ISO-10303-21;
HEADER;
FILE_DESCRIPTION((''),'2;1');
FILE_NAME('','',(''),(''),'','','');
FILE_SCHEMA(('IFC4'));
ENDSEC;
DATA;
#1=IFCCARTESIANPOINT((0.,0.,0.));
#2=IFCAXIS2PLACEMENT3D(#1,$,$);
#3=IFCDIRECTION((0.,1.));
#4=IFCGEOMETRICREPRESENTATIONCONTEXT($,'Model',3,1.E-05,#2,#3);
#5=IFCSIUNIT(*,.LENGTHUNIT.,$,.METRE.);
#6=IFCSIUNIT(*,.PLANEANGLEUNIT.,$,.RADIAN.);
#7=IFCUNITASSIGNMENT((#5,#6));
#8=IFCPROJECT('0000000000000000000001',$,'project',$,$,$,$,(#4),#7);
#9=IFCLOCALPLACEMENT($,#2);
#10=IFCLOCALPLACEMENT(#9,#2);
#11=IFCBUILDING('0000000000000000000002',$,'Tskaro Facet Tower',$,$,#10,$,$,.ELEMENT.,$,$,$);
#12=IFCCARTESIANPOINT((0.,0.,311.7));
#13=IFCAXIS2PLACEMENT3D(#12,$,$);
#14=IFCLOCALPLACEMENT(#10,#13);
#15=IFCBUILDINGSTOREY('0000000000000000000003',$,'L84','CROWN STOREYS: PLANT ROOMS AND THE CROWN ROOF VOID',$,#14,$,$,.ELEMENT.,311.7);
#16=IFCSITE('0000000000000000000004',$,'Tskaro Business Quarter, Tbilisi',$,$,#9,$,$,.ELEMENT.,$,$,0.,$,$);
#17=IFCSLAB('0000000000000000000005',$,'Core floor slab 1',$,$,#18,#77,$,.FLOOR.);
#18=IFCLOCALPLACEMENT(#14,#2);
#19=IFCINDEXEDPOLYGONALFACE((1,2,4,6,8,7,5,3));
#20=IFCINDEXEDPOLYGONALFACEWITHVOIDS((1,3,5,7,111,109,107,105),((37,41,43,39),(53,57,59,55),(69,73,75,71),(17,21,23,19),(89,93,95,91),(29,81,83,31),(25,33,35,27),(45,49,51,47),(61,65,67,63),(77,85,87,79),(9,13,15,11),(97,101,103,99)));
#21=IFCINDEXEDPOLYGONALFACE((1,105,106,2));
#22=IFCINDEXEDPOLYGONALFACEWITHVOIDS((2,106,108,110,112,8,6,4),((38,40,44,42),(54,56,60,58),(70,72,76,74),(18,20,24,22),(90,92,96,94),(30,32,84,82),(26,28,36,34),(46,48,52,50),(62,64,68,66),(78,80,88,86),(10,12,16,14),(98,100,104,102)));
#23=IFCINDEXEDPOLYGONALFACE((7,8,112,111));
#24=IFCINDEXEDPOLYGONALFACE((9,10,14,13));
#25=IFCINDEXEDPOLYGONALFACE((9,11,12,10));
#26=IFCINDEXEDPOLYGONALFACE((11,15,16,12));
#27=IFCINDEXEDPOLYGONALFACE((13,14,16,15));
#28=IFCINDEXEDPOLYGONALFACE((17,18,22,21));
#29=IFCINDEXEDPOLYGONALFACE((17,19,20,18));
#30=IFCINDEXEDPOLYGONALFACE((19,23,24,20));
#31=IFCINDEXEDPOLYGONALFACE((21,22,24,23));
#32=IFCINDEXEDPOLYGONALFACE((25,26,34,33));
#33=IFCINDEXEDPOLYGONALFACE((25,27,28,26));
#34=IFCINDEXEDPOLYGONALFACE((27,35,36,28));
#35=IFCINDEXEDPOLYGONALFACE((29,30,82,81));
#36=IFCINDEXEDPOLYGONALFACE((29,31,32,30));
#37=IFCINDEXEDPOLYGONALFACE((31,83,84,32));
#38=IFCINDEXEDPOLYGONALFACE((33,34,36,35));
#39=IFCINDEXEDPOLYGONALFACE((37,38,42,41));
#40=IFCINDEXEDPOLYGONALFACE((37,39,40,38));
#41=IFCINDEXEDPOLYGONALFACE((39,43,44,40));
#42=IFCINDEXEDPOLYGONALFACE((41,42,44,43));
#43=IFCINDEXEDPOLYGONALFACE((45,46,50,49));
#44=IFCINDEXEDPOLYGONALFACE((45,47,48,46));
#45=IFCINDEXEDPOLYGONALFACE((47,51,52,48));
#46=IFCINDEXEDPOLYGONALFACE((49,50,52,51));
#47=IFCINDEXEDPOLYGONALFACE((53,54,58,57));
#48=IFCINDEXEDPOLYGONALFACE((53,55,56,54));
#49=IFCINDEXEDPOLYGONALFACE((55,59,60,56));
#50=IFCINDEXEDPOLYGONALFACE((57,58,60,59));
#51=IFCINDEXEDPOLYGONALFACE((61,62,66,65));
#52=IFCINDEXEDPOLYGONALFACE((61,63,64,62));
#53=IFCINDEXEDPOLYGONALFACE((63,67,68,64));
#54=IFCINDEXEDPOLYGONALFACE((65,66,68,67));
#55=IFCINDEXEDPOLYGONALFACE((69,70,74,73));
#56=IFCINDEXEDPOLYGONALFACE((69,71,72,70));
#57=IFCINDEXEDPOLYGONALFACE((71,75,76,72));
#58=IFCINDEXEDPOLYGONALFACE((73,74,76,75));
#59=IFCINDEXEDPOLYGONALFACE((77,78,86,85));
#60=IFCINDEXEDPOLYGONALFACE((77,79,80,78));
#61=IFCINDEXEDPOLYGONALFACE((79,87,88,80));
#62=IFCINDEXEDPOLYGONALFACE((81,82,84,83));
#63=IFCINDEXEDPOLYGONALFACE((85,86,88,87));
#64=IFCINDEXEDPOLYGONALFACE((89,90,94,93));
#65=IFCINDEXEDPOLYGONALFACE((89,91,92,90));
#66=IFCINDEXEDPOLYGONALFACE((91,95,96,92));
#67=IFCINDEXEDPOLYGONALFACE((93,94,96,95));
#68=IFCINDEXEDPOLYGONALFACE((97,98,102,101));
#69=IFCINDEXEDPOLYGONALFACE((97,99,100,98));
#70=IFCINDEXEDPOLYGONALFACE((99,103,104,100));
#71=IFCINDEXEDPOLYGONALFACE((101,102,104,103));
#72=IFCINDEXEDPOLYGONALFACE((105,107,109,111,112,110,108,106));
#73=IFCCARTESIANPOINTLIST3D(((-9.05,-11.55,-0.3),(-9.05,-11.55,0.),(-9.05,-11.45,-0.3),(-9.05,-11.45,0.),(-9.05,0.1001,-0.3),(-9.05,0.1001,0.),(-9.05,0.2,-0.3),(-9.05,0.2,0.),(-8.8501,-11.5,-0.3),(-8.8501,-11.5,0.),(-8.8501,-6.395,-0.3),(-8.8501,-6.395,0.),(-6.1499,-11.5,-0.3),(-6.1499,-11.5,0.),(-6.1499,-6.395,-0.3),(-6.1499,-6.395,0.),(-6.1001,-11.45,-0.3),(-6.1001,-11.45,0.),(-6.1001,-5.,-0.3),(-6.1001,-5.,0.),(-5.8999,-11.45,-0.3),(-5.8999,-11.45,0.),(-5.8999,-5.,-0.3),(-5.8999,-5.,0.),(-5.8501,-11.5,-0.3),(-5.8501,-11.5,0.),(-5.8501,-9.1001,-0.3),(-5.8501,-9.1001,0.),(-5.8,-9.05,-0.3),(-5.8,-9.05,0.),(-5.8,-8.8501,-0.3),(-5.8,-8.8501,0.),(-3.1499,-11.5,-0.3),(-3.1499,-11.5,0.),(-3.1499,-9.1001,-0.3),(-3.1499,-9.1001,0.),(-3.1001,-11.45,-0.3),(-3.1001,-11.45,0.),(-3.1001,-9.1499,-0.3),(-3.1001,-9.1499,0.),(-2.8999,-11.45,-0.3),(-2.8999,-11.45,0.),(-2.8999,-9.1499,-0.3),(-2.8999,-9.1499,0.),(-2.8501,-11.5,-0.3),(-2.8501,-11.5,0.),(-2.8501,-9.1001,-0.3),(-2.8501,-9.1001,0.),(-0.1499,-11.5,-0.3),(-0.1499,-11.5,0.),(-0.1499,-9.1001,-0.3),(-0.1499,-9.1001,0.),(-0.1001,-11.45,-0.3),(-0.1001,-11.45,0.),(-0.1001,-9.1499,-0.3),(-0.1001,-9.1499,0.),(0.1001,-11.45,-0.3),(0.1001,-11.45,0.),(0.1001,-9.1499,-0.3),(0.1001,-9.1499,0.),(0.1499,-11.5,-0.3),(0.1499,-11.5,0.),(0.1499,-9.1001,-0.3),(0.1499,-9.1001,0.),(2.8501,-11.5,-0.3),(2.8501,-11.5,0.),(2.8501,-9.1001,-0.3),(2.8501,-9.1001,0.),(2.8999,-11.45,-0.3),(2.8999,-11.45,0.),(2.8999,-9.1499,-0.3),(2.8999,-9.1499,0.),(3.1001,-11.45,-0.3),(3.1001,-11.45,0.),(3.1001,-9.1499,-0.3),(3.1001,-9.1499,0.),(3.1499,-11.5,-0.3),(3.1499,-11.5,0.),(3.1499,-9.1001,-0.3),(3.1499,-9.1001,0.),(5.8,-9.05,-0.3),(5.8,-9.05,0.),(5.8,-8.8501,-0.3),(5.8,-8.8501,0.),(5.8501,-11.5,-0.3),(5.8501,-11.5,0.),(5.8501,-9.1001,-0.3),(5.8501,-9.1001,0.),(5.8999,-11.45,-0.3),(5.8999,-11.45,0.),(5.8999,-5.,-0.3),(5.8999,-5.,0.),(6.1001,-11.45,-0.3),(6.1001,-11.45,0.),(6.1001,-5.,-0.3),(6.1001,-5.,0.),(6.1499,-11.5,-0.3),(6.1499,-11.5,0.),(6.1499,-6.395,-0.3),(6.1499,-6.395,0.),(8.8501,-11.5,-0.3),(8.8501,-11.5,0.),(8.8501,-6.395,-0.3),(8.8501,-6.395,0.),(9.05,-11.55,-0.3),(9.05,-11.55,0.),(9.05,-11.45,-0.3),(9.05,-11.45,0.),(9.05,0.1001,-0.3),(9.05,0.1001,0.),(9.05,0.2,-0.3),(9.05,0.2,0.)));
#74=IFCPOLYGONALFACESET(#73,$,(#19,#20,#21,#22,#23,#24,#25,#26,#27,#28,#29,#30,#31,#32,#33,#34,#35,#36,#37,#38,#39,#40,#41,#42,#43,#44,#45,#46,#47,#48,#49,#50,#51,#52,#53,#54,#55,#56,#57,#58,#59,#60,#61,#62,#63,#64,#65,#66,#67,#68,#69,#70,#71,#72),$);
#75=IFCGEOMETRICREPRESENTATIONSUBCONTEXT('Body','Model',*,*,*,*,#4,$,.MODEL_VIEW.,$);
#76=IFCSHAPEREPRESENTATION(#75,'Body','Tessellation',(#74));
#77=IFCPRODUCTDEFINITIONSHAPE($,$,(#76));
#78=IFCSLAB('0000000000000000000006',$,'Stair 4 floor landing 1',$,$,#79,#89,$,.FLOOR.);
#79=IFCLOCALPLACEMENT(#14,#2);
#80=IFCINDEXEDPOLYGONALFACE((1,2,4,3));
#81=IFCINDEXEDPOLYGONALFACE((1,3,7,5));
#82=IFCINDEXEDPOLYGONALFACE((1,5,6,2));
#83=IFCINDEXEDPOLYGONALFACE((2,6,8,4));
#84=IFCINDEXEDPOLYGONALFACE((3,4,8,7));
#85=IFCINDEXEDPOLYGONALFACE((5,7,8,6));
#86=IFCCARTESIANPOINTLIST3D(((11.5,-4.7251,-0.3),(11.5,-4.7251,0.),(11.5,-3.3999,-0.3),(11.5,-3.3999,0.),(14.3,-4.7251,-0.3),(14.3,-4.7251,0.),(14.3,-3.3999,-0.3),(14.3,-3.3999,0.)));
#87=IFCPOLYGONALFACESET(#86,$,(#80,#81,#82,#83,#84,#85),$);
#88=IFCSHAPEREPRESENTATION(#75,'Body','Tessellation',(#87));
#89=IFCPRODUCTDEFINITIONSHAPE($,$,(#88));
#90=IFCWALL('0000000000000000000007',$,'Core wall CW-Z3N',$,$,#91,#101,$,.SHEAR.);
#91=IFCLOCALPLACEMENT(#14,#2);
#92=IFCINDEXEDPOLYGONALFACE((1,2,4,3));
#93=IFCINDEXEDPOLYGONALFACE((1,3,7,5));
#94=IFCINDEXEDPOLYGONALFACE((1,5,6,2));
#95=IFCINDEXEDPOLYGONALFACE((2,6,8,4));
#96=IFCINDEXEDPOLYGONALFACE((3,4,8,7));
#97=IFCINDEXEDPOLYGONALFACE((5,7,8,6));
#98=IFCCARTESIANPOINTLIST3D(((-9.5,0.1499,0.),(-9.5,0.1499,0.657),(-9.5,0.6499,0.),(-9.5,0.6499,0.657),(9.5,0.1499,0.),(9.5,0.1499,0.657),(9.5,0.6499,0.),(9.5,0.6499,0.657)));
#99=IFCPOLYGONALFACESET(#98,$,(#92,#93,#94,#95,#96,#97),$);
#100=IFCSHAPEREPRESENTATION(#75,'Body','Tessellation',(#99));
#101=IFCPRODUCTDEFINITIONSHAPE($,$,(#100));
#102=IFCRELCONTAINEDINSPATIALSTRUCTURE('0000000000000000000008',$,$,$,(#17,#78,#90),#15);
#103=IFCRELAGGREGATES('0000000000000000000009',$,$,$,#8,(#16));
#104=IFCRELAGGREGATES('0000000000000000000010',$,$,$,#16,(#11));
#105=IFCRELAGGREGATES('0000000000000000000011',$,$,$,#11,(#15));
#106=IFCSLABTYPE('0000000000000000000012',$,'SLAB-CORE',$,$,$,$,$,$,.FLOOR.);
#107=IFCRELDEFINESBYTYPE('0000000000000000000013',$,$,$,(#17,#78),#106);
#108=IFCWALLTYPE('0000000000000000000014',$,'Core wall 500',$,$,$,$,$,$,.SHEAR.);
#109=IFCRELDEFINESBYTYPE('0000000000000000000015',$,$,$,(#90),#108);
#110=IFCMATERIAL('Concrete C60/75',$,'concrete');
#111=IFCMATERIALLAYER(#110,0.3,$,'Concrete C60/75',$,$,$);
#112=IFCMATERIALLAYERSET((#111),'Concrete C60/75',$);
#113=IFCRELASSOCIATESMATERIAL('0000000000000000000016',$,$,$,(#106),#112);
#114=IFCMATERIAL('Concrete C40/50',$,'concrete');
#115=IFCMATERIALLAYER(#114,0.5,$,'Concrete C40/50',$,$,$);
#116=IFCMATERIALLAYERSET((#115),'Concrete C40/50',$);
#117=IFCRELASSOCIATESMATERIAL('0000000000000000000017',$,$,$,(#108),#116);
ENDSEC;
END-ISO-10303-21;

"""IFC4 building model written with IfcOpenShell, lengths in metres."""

from ifc_helpers import new_model, si_unit, direction, frame, origin, place, context, subcontext, project, spatial, polyline, outline, extrude, material, layer, layer_set, type_object, element, save


model = new_model("IFC4")

# Units and contexts
model_context = context("Model", 3, precision=1e-05, world=origin(), true_north=direction((0.0, 1.0)))
body_context = subcontext(model_context, "Body", "Model", "MODEL_VIEW")
ifc_project = project(units=[si_unit("LENGTHUNIT", "METRE"), si_unit("PLANEANGLEUNIT", "RADIAN")], contexts=[model_context])

# Site, building, storey
site_placement = place(None, origin())
site = spatial("IfcSite", under=ifc_project, at=site_placement, Name="Tskaro Business Quarter, Tbilisi", CompositionType="ELEMENT", RefElevation=0.0)
building_placement = place(site_placement, origin())
building = spatial("IfcBuilding", under=site, at=building_placement, Name="Tskaro Facet Tower", CompositionType="ELEMENT")
storey_placement = place(building_placement, frame((0.0, 0.0, 311.7)))
storey = spatial("IfcBuildingStorey", under=building, at=storey_placement, Name="L84", Description="CROWN STOREYS: PLANT ROOMS AND THE CROWN ROOF VOID", CompositionType="ELEMENT", Elevation=311.7)

# Slabs
ifc_material_1 = material(Name="Concrete C60/75", Category="concrete")
ifc_layer_1 = layer(ifc_material_1, 0.3, Name="Concrete C60/75")
ifc_layer_set_1 = layer_set([ifc_layer_1], Name="Concrete C60/75")
slab_type_1 = type_object("IfcSlabType", Name="SLAB-CORE", PredefinedType="FLOOR", material=ifc_layer_set_1)
slab_1_placement = place(storey_placement, frame((0.0, 0.0, -0.3)))
element("IfcSlab", 1, at=slab_1_placement, inside=storey, type_object=slab_type_1, Name="Core floor slab 1", PredefinedType="FLOOR", context=body_context, shape_type="SweptSolid", body=[
    extrude(outline(polyline([(-9.05, 0.2), (9.05, 0.2), (9.05, 0.1001), (9.05, -11.45), (9.05, -11.55), (-9.05, -11.55), (-9.05, -11.45), (-9.05, 0.1001), (-9.05, 0.2)]), holes=[polyline([(-5.8501, -11.5), (-3.1499, -11.5), (-3.1499, -9.1001), (-5.8501, -9.1001), (-5.8501, -11.5)]), polyline([(-2.8999, -11.45), (-2.8999, -9.1499), (-3.1001, -9.1499), (-3.1001, -11.45), (-2.8999, -11.45)]), polyline([(-2.8501, -11.5), (-0.1499, -11.5), (-0.1499, -9.1001), (-2.8501, -9.1001), (-2.8501, -11.5)]), polyline([(0.1001, -11.45), (0.1001, -9.1499), (-0.1001, -9.1499), (-0.1001, -11.45), (0.1001, -11.45)]), polyline([(5.8, -9.05), (5.8, -8.8501), (-5.8, -8.8501), (-5.8, -9.05), (5.8, -9.05)]), polyline([(-5.8999, -11.45), (-5.8999, -5.0), (-6.1001, -5.0), (-6.1001, -11.45), (-5.8999, -11.45)]), polyline([(0.1499, -11.5), (2.8501, -11.5), (2.8501, -9.1001), (0.1499, -9.1001), (0.1499, -11.5)]), polyline([(3.1001, -11.45), (3.1001, -9.1499), (2.8999, -9.1499), (2.8999, -11.45), (3.1001, -11.45)]), polyline([(3.1499, -11.5), (5.8501, -11.5), (5.8501, -9.1001), (3.1499, -9.1001), (3.1499, -11.5)]), polyline([(6.1001, -11.45), (6.1001, -5.0), (5.8999, -5.0), (5.8999, -11.45), (6.1001, -11.45)]), polyline([(-8.8501, -11.5), (-6.1499, -11.5), (-6.1499, -6.395), (-8.8501, -6.395), (-8.8501, -11.5)]), polyline([(6.1499, -6.395), (6.1499, -11.5), (8.8501, -11.5), (8.8501, -6.395), (6.1499, -6.395)])]), origin(), (0.0, 0.0, 1.0), 0.3),
])
slab_2_placement = place(storey_placement, frame((0.0, 0.0, -0.3)))
element("IfcSlab", 2, at=slab_2_placement, inside=storey, type_object=slab_type_1, Name="Stair 4 floor landing 1", PredefinedType="FLOOR", context=body_context, shape_type="SweptSolid", body=[
    extrude(outline(polyline([(11.5, -4.7251), (14.3, -4.7251), (14.3, -3.3999), (11.5, -3.3999), (11.5, -4.7251)])), origin(), (0.0, 0.0, 1.0), 0.3),
])

# Wall
ifc_material_2 = material(Name="Concrete C40/50", Category="concrete")
ifc_layer_2 = layer(ifc_material_2, 0.5, Name="Concrete C40/50")
ifc_layer_set_2 = layer_set([ifc_layer_2], Name="Concrete C40/50")
wall_type = type_object("IfcWallType", Name="Core wall 500", PredefinedType="SHEAR", material=ifc_layer_set_2)
wall_placement = place(storey_placement, frame((-9.5, 0.3999, 0.0), z_axis=(0.0, 0.0, 1.0), x_axis=(1.0, 0.0, 0.0)))
element("IfcWall", 3, at=wall_placement, inside=storey, type_object=wall_type, Name="Core wall CW-Z3N", PredefinedType="SHEAR", context=body_context, shape_type="SweptSolid", body=[
    extrude(outline(polyline([(0.0, 0.0), (19.0, 0.0), (19.0, 0.657), (0.0, 0.657), (0.0, 0.0)])), frame((0.0, 0.25, 0.0), z_axis=(0.0, -1.0, 0.0), x_axis=(1.0, 0.0, 0.0)), (0.0, 0.0, 1.0), 0.5),
])

save(model, "model.ifc")
